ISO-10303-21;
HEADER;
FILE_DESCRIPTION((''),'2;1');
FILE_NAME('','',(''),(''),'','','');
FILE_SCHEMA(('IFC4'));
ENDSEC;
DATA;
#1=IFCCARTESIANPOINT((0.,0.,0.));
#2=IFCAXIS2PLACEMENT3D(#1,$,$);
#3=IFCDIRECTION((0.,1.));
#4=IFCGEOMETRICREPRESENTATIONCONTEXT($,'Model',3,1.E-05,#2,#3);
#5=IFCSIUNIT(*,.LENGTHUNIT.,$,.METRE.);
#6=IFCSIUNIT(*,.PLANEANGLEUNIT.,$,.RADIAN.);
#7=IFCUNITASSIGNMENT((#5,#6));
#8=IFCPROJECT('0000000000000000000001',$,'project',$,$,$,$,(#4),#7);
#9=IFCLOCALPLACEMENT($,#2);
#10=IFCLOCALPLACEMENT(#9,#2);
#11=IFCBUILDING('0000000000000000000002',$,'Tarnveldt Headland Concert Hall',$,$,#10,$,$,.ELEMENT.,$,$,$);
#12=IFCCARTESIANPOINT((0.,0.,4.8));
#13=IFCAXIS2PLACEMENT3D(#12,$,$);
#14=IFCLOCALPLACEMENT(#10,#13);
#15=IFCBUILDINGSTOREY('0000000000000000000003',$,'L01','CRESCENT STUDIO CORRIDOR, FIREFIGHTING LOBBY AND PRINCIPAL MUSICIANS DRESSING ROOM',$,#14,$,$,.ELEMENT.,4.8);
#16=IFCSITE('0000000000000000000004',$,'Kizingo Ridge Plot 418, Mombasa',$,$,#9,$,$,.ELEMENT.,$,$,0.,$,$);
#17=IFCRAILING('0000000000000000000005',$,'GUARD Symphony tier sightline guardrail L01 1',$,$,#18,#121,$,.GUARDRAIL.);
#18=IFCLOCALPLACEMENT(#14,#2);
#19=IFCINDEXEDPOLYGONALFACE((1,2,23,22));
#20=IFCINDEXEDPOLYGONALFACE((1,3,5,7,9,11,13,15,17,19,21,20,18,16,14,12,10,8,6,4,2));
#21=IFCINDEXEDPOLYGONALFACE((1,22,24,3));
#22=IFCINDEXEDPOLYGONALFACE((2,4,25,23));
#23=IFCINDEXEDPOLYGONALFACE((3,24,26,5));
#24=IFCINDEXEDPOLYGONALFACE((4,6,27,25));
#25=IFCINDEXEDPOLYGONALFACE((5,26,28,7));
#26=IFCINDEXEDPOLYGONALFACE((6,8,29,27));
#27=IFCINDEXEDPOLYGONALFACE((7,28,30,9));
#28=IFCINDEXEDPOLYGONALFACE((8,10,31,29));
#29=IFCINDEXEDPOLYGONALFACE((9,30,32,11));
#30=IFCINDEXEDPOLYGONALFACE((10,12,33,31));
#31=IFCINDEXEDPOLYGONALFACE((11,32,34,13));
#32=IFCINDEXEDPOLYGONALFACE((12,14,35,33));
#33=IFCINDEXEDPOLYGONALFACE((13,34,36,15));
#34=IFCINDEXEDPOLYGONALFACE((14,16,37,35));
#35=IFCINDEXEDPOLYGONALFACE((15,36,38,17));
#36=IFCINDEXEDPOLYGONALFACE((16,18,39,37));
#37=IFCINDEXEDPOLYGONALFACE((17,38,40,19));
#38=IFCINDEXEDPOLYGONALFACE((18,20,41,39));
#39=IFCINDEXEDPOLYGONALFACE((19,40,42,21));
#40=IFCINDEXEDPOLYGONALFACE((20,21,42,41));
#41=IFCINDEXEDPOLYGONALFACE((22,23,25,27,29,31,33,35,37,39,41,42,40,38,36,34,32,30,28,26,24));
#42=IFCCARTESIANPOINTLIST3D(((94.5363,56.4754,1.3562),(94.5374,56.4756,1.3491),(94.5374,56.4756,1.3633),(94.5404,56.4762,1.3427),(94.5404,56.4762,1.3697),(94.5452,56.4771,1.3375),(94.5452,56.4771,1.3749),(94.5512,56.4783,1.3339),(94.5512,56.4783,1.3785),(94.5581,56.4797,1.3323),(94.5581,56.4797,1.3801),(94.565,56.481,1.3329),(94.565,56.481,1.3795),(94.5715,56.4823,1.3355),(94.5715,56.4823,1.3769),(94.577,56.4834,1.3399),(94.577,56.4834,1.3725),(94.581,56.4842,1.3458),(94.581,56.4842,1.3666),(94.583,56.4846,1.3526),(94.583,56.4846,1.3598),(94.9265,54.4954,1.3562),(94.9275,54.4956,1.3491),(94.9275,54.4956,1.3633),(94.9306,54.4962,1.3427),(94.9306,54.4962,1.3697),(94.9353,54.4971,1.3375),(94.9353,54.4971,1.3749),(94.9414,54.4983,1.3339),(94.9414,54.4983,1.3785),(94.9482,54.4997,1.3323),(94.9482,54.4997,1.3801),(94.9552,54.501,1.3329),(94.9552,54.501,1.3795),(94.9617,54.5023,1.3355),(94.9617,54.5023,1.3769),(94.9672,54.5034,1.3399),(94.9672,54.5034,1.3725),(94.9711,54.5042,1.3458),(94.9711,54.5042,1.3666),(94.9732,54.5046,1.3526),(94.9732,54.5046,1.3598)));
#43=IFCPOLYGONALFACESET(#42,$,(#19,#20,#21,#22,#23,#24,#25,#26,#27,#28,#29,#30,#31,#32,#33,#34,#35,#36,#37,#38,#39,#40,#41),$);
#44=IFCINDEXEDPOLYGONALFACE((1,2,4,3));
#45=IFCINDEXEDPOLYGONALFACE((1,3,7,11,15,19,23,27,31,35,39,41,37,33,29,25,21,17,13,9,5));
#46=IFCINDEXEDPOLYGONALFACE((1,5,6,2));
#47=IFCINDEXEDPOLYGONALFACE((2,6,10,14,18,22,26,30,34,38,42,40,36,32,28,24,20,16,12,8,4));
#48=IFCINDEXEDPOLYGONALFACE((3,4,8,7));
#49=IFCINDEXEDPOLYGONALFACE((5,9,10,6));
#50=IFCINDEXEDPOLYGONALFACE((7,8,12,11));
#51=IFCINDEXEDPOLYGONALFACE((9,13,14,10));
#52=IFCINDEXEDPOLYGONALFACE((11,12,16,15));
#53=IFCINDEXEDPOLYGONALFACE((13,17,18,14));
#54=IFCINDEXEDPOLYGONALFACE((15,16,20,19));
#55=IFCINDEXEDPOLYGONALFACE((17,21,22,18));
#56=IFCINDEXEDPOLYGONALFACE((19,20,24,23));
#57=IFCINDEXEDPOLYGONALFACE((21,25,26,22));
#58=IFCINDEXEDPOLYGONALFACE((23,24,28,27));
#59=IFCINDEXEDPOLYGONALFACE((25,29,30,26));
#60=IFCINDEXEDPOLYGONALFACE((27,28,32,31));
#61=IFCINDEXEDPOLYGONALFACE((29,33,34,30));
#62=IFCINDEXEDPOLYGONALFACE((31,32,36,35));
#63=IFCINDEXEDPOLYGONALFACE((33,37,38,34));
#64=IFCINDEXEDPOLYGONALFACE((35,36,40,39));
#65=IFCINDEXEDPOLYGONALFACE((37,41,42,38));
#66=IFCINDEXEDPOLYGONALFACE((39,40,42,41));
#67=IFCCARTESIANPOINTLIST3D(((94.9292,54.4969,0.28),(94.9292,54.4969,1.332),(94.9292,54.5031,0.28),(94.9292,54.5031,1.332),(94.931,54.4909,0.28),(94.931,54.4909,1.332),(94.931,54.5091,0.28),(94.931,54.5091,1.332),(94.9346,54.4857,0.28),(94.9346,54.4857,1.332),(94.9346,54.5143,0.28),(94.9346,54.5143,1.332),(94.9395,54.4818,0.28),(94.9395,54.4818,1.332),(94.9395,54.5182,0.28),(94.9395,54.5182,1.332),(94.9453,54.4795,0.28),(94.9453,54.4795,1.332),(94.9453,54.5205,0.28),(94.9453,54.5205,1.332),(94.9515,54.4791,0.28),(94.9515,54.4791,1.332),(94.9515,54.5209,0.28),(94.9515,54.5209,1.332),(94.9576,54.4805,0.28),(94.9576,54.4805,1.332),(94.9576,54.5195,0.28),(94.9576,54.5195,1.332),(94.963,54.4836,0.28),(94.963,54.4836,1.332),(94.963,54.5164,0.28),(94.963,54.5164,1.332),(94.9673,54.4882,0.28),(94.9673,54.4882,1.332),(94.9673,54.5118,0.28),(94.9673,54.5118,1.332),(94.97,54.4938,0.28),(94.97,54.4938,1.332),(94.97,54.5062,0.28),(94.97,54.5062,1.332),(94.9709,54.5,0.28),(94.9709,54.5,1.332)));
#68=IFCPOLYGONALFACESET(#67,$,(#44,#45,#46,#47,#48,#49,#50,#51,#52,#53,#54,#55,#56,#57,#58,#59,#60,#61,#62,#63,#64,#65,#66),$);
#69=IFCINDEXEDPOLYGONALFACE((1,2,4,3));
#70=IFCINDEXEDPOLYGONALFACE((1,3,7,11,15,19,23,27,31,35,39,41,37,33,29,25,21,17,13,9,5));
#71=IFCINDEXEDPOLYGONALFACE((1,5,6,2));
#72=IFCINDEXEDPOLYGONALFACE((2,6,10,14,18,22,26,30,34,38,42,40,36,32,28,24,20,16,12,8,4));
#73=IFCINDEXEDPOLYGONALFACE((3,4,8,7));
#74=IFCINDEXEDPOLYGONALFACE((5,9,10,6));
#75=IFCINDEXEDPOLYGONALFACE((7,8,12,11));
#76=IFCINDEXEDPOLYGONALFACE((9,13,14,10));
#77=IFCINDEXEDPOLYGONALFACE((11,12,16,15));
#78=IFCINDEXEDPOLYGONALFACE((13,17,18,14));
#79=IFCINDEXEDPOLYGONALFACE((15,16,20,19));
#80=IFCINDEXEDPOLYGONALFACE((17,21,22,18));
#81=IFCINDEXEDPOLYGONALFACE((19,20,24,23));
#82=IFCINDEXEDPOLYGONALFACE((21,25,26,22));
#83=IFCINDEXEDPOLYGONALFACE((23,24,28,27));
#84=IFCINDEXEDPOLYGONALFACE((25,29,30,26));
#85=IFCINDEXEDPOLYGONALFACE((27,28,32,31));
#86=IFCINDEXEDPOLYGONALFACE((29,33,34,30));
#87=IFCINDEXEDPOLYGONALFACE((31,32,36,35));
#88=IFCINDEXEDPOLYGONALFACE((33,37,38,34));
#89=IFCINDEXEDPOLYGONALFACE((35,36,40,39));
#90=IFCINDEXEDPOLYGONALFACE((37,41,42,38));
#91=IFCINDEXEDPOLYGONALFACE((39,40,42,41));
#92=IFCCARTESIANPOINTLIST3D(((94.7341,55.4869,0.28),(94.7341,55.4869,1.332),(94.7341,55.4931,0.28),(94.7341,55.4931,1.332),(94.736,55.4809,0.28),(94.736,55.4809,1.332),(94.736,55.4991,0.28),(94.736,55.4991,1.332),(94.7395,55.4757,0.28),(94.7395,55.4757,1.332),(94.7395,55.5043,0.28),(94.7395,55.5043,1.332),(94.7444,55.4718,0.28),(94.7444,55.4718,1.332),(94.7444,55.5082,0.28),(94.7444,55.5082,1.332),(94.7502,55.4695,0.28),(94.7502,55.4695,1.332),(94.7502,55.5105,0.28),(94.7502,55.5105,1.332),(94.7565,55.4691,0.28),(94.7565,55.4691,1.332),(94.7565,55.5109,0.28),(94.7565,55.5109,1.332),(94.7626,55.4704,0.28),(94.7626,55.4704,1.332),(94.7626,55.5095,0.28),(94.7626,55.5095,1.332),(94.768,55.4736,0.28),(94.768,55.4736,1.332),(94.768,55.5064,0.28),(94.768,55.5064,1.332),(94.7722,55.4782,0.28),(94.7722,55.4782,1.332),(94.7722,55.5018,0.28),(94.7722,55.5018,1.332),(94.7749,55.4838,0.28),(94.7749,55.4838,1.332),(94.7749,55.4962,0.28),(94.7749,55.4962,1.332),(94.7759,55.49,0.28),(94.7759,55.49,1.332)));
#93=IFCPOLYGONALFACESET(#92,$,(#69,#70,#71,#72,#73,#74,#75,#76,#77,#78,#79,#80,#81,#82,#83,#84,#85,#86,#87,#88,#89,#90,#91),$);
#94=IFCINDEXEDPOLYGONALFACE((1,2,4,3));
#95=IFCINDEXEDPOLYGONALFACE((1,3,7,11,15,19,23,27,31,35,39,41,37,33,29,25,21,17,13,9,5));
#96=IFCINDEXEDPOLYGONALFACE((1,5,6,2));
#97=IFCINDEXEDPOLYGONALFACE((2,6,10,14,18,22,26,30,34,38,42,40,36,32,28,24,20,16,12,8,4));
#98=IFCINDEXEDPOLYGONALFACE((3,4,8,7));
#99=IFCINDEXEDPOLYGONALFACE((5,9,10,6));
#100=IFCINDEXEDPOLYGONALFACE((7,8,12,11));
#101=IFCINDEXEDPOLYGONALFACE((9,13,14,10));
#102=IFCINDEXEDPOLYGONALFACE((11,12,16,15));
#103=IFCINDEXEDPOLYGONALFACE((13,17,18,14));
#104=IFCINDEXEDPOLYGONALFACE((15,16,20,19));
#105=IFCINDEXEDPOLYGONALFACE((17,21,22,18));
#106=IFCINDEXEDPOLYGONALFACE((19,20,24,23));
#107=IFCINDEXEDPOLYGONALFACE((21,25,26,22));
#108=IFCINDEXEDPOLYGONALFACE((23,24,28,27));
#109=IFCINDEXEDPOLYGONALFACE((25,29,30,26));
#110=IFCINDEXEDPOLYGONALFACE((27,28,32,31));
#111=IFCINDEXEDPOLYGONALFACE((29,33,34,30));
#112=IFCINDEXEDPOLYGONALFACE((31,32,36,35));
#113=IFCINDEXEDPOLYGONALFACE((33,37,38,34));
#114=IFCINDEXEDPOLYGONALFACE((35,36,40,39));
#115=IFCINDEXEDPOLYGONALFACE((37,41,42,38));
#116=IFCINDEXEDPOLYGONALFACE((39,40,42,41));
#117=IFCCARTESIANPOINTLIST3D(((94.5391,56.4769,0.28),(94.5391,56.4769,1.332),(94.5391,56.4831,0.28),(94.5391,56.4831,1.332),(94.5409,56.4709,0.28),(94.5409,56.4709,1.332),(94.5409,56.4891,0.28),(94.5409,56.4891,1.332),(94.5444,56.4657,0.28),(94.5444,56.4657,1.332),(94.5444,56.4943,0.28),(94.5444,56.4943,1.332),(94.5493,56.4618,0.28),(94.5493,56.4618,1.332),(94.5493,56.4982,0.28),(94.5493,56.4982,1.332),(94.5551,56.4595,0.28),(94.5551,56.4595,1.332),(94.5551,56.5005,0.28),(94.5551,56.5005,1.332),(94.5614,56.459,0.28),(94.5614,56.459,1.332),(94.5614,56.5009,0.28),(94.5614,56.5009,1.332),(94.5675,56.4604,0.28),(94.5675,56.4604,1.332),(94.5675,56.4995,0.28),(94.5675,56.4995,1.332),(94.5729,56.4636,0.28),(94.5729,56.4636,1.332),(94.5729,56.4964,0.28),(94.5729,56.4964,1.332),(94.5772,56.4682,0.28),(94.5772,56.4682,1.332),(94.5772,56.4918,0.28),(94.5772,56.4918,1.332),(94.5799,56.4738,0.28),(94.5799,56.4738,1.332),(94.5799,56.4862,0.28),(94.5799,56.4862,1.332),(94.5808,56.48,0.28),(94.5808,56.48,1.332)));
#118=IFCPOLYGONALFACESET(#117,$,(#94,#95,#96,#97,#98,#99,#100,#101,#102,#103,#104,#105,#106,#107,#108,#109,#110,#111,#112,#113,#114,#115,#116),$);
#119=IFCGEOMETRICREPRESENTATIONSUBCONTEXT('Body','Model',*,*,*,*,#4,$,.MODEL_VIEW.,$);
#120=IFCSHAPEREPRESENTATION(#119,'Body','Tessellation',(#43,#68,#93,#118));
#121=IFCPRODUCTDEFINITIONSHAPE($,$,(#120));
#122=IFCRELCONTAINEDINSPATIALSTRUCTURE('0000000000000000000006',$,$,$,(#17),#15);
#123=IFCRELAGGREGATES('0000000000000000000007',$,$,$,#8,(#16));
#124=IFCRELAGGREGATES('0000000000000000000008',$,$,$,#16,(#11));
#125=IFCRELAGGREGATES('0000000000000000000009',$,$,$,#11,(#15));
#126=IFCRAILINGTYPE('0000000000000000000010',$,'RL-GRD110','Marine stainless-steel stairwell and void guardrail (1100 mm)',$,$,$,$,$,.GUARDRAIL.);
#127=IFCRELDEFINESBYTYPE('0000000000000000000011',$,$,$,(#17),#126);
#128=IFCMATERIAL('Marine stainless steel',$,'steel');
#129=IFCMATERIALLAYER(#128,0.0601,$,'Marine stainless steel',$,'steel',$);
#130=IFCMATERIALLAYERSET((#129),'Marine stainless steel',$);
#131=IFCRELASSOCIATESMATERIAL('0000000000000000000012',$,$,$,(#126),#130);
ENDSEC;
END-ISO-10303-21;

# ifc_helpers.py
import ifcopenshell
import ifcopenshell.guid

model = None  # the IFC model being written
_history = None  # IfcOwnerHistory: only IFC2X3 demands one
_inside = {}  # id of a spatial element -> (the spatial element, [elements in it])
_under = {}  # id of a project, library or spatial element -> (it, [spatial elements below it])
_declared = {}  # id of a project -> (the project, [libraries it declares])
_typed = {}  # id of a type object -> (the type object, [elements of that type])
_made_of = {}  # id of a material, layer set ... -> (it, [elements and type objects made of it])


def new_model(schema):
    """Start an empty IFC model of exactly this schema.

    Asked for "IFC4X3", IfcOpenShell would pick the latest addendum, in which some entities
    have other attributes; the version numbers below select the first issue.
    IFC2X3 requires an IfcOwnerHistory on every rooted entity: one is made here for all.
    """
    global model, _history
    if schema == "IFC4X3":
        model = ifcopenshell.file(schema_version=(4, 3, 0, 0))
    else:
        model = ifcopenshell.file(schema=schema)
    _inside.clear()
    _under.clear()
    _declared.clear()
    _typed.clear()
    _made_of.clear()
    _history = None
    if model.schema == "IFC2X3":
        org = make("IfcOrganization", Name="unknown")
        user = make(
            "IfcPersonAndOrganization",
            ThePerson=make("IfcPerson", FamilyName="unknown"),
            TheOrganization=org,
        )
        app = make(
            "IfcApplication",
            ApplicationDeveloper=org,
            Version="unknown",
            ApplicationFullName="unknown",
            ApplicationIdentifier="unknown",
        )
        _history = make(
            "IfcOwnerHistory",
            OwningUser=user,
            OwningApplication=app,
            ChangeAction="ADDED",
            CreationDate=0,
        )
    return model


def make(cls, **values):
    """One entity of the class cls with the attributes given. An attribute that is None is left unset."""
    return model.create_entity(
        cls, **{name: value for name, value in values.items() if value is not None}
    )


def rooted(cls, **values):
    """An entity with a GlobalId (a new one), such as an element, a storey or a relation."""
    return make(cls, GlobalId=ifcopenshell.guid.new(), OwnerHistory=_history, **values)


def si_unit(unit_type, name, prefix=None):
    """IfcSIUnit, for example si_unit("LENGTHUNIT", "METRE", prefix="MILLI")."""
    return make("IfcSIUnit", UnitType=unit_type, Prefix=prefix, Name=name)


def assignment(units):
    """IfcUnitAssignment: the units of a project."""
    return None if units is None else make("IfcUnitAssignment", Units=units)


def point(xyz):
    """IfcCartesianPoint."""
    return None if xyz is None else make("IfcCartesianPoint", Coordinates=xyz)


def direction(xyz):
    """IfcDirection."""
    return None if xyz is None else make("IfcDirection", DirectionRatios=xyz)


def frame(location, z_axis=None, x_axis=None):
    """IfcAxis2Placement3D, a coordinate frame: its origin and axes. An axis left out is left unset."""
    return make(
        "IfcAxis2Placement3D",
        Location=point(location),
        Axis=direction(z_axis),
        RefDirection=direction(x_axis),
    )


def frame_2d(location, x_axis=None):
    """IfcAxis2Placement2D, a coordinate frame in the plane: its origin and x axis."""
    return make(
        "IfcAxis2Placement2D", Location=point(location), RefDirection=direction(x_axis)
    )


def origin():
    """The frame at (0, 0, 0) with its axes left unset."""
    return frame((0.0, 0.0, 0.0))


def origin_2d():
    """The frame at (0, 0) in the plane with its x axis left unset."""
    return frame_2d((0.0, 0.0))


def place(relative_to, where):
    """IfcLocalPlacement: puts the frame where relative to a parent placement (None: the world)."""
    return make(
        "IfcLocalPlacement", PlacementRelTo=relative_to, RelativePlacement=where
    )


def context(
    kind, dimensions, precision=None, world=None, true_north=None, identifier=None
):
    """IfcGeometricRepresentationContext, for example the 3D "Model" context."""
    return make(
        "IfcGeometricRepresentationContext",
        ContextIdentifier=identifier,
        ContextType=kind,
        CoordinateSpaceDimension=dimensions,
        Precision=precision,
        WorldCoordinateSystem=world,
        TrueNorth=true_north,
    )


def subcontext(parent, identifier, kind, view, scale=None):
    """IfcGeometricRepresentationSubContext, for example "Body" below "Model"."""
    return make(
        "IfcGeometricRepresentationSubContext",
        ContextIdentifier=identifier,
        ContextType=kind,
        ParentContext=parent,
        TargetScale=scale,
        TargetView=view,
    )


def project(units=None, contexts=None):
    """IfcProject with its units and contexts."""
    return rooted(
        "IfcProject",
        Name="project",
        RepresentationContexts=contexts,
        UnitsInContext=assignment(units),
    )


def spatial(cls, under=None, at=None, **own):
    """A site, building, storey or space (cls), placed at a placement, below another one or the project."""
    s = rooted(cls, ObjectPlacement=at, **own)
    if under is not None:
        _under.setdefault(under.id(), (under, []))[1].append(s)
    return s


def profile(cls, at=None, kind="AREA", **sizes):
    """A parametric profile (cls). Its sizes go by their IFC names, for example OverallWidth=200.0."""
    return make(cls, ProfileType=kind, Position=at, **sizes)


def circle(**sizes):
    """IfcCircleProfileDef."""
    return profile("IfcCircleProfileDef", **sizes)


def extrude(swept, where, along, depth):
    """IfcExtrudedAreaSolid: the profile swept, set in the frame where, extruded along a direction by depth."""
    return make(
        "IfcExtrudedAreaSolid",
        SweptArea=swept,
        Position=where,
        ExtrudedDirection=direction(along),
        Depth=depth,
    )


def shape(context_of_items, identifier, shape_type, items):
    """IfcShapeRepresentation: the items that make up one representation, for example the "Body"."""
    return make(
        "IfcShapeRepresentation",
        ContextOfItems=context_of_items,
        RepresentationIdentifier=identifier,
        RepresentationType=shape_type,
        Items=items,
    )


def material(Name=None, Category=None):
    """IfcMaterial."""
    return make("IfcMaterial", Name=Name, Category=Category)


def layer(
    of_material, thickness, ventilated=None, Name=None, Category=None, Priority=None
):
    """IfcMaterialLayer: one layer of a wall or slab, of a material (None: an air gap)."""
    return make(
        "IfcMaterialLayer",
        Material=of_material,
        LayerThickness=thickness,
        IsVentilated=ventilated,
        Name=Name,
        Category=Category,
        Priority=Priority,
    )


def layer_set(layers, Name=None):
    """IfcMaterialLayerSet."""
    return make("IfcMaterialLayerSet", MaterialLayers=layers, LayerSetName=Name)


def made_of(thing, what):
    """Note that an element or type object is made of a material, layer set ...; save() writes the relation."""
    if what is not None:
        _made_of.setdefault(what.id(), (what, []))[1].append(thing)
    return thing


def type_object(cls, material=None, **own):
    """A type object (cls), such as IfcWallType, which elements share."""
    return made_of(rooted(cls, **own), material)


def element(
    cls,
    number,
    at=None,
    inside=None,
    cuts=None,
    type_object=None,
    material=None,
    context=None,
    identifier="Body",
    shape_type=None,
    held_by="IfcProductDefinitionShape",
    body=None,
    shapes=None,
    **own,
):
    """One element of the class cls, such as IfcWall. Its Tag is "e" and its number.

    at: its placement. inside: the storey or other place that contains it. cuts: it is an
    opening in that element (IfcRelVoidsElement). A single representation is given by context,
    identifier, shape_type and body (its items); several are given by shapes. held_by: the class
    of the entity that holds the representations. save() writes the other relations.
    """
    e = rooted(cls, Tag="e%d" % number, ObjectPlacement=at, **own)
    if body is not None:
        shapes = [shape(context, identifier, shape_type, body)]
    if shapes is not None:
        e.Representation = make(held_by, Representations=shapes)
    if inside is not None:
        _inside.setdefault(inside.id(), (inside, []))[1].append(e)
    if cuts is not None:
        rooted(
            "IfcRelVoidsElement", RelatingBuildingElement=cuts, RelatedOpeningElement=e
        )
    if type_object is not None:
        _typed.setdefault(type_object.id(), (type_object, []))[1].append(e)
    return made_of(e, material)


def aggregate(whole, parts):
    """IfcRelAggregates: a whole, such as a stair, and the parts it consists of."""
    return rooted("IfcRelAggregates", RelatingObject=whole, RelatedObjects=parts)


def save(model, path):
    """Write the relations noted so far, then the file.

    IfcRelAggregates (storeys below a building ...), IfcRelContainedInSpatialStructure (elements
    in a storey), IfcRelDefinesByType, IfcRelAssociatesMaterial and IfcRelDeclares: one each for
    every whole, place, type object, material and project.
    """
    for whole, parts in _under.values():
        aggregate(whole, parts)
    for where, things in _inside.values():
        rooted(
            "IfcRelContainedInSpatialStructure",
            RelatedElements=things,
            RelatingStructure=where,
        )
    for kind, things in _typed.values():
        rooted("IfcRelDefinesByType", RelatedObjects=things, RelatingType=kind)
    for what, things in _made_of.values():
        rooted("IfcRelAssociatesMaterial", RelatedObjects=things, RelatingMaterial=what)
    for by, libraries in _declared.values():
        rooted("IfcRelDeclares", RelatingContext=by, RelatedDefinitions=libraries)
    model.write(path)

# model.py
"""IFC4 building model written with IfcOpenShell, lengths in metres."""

from ifc_helpers import new_model, si_unit, direction, frame, origin, origin_2d, place, context, subcontext, project, spatial, circle, extrude, material, layer, layer_set, type_object, element, save


model = new_model("IFC4")

# Units and contexts
model_context = context("Model", 3, precision=1e-05, world=origin(), true_north=direction((0.0, 1.0)))
body_context = subcontext(model_context, "Body", "Model", "MODEL_VIEW")
ifc_project = project(units=[si_unit("LENGTHUNIT", "METRE"), si_unit("PLANEANGLEUNIT", "RADIAN")], contexts=[model_context])

# Site, building, storey
site_placement = place(None, origin())
site = spatial("IfcSite", under=ifc_project, at=site_placement, Name="Kizingo Ridge Plot 418, Mombasa", CompositionType="ELEMENT", RefElevation=0.0)
building_placement = place(site_placement, origin())
building = spatial("IfcBuilding", under=site, at=building_placement, Name="Tarnveldt Headland Concert Hall", CompositionType="ELEMENT")
storey_placement = place(building_placement, frame((0.0, 0.0, 4.8)))
storey = spatial("IfcBuildingStorey", under=building, at=storey_placement, Name="L01", Description="CRESCENT STUDIO CORRIDOR, FIREFIGHTING LOBBY AND PRINCIPAL MUSICIANS DRESSING ROOM", CompositionType="ELEMENT", Elevation=4.8)

# Railing
ifc_material_1 = material(Name="Marine stainless steel", Category="steel")
ifc_layer_1 = layer(ifc_material_1, 0.0601, Name="Marine stainless steel", Category="steel")
ifc_layer_set_1 = layer_set([ifc_layer_1], Name="Marine stainless steel")
railing_type_1 = type_object("IfcRailingType", Name="RL-GRD110", Description="Marine stainless-steel stairwell and void guardrail (1100 mm)", PredefinedType="GUARDRAIL", material=ifc_layer_set_1)
railing_1_placement = place(storey_placement, frame((94.95, 54.5, 0.28)))
element("IfcRailing", 1, at=railing_1_placement, inside=storey, type_object=railing_type_1, Name="GUARD Symphony tier sightline guardrail L01 1", PredefinedType="GUARDRAIL", context=body_context, shape_type="SweptSolid", body=[
    extrude(circle(Radius=0.0239, at=origin_2d()), frame((0.0, 0.0, 1.0762), z_axis=(-0.193324, 0.981135, 0.0), x_axis=(-0.981135, -0.193324, 0.0)), (0.0, 0.0, 1.0), 2.0181),
    extrude(circle(Radius=0.021, at=origin_2d()), origin(), (0.0, 0.0, 1.0), 1.052),
    extrude(circle(Radius=0.021, at=origin_2d()), frame((-0.1951, 0.99, 0.0)), (0.0, 0.0, 1.0), 1.052),
    extrude(circle(Radius=0.021, at=origin_2d()), frame((-0.3901, 1.98, 0.0)), (0.0, 0.0, 1.0), 1.052),
])

save(model, "model.ifc")
